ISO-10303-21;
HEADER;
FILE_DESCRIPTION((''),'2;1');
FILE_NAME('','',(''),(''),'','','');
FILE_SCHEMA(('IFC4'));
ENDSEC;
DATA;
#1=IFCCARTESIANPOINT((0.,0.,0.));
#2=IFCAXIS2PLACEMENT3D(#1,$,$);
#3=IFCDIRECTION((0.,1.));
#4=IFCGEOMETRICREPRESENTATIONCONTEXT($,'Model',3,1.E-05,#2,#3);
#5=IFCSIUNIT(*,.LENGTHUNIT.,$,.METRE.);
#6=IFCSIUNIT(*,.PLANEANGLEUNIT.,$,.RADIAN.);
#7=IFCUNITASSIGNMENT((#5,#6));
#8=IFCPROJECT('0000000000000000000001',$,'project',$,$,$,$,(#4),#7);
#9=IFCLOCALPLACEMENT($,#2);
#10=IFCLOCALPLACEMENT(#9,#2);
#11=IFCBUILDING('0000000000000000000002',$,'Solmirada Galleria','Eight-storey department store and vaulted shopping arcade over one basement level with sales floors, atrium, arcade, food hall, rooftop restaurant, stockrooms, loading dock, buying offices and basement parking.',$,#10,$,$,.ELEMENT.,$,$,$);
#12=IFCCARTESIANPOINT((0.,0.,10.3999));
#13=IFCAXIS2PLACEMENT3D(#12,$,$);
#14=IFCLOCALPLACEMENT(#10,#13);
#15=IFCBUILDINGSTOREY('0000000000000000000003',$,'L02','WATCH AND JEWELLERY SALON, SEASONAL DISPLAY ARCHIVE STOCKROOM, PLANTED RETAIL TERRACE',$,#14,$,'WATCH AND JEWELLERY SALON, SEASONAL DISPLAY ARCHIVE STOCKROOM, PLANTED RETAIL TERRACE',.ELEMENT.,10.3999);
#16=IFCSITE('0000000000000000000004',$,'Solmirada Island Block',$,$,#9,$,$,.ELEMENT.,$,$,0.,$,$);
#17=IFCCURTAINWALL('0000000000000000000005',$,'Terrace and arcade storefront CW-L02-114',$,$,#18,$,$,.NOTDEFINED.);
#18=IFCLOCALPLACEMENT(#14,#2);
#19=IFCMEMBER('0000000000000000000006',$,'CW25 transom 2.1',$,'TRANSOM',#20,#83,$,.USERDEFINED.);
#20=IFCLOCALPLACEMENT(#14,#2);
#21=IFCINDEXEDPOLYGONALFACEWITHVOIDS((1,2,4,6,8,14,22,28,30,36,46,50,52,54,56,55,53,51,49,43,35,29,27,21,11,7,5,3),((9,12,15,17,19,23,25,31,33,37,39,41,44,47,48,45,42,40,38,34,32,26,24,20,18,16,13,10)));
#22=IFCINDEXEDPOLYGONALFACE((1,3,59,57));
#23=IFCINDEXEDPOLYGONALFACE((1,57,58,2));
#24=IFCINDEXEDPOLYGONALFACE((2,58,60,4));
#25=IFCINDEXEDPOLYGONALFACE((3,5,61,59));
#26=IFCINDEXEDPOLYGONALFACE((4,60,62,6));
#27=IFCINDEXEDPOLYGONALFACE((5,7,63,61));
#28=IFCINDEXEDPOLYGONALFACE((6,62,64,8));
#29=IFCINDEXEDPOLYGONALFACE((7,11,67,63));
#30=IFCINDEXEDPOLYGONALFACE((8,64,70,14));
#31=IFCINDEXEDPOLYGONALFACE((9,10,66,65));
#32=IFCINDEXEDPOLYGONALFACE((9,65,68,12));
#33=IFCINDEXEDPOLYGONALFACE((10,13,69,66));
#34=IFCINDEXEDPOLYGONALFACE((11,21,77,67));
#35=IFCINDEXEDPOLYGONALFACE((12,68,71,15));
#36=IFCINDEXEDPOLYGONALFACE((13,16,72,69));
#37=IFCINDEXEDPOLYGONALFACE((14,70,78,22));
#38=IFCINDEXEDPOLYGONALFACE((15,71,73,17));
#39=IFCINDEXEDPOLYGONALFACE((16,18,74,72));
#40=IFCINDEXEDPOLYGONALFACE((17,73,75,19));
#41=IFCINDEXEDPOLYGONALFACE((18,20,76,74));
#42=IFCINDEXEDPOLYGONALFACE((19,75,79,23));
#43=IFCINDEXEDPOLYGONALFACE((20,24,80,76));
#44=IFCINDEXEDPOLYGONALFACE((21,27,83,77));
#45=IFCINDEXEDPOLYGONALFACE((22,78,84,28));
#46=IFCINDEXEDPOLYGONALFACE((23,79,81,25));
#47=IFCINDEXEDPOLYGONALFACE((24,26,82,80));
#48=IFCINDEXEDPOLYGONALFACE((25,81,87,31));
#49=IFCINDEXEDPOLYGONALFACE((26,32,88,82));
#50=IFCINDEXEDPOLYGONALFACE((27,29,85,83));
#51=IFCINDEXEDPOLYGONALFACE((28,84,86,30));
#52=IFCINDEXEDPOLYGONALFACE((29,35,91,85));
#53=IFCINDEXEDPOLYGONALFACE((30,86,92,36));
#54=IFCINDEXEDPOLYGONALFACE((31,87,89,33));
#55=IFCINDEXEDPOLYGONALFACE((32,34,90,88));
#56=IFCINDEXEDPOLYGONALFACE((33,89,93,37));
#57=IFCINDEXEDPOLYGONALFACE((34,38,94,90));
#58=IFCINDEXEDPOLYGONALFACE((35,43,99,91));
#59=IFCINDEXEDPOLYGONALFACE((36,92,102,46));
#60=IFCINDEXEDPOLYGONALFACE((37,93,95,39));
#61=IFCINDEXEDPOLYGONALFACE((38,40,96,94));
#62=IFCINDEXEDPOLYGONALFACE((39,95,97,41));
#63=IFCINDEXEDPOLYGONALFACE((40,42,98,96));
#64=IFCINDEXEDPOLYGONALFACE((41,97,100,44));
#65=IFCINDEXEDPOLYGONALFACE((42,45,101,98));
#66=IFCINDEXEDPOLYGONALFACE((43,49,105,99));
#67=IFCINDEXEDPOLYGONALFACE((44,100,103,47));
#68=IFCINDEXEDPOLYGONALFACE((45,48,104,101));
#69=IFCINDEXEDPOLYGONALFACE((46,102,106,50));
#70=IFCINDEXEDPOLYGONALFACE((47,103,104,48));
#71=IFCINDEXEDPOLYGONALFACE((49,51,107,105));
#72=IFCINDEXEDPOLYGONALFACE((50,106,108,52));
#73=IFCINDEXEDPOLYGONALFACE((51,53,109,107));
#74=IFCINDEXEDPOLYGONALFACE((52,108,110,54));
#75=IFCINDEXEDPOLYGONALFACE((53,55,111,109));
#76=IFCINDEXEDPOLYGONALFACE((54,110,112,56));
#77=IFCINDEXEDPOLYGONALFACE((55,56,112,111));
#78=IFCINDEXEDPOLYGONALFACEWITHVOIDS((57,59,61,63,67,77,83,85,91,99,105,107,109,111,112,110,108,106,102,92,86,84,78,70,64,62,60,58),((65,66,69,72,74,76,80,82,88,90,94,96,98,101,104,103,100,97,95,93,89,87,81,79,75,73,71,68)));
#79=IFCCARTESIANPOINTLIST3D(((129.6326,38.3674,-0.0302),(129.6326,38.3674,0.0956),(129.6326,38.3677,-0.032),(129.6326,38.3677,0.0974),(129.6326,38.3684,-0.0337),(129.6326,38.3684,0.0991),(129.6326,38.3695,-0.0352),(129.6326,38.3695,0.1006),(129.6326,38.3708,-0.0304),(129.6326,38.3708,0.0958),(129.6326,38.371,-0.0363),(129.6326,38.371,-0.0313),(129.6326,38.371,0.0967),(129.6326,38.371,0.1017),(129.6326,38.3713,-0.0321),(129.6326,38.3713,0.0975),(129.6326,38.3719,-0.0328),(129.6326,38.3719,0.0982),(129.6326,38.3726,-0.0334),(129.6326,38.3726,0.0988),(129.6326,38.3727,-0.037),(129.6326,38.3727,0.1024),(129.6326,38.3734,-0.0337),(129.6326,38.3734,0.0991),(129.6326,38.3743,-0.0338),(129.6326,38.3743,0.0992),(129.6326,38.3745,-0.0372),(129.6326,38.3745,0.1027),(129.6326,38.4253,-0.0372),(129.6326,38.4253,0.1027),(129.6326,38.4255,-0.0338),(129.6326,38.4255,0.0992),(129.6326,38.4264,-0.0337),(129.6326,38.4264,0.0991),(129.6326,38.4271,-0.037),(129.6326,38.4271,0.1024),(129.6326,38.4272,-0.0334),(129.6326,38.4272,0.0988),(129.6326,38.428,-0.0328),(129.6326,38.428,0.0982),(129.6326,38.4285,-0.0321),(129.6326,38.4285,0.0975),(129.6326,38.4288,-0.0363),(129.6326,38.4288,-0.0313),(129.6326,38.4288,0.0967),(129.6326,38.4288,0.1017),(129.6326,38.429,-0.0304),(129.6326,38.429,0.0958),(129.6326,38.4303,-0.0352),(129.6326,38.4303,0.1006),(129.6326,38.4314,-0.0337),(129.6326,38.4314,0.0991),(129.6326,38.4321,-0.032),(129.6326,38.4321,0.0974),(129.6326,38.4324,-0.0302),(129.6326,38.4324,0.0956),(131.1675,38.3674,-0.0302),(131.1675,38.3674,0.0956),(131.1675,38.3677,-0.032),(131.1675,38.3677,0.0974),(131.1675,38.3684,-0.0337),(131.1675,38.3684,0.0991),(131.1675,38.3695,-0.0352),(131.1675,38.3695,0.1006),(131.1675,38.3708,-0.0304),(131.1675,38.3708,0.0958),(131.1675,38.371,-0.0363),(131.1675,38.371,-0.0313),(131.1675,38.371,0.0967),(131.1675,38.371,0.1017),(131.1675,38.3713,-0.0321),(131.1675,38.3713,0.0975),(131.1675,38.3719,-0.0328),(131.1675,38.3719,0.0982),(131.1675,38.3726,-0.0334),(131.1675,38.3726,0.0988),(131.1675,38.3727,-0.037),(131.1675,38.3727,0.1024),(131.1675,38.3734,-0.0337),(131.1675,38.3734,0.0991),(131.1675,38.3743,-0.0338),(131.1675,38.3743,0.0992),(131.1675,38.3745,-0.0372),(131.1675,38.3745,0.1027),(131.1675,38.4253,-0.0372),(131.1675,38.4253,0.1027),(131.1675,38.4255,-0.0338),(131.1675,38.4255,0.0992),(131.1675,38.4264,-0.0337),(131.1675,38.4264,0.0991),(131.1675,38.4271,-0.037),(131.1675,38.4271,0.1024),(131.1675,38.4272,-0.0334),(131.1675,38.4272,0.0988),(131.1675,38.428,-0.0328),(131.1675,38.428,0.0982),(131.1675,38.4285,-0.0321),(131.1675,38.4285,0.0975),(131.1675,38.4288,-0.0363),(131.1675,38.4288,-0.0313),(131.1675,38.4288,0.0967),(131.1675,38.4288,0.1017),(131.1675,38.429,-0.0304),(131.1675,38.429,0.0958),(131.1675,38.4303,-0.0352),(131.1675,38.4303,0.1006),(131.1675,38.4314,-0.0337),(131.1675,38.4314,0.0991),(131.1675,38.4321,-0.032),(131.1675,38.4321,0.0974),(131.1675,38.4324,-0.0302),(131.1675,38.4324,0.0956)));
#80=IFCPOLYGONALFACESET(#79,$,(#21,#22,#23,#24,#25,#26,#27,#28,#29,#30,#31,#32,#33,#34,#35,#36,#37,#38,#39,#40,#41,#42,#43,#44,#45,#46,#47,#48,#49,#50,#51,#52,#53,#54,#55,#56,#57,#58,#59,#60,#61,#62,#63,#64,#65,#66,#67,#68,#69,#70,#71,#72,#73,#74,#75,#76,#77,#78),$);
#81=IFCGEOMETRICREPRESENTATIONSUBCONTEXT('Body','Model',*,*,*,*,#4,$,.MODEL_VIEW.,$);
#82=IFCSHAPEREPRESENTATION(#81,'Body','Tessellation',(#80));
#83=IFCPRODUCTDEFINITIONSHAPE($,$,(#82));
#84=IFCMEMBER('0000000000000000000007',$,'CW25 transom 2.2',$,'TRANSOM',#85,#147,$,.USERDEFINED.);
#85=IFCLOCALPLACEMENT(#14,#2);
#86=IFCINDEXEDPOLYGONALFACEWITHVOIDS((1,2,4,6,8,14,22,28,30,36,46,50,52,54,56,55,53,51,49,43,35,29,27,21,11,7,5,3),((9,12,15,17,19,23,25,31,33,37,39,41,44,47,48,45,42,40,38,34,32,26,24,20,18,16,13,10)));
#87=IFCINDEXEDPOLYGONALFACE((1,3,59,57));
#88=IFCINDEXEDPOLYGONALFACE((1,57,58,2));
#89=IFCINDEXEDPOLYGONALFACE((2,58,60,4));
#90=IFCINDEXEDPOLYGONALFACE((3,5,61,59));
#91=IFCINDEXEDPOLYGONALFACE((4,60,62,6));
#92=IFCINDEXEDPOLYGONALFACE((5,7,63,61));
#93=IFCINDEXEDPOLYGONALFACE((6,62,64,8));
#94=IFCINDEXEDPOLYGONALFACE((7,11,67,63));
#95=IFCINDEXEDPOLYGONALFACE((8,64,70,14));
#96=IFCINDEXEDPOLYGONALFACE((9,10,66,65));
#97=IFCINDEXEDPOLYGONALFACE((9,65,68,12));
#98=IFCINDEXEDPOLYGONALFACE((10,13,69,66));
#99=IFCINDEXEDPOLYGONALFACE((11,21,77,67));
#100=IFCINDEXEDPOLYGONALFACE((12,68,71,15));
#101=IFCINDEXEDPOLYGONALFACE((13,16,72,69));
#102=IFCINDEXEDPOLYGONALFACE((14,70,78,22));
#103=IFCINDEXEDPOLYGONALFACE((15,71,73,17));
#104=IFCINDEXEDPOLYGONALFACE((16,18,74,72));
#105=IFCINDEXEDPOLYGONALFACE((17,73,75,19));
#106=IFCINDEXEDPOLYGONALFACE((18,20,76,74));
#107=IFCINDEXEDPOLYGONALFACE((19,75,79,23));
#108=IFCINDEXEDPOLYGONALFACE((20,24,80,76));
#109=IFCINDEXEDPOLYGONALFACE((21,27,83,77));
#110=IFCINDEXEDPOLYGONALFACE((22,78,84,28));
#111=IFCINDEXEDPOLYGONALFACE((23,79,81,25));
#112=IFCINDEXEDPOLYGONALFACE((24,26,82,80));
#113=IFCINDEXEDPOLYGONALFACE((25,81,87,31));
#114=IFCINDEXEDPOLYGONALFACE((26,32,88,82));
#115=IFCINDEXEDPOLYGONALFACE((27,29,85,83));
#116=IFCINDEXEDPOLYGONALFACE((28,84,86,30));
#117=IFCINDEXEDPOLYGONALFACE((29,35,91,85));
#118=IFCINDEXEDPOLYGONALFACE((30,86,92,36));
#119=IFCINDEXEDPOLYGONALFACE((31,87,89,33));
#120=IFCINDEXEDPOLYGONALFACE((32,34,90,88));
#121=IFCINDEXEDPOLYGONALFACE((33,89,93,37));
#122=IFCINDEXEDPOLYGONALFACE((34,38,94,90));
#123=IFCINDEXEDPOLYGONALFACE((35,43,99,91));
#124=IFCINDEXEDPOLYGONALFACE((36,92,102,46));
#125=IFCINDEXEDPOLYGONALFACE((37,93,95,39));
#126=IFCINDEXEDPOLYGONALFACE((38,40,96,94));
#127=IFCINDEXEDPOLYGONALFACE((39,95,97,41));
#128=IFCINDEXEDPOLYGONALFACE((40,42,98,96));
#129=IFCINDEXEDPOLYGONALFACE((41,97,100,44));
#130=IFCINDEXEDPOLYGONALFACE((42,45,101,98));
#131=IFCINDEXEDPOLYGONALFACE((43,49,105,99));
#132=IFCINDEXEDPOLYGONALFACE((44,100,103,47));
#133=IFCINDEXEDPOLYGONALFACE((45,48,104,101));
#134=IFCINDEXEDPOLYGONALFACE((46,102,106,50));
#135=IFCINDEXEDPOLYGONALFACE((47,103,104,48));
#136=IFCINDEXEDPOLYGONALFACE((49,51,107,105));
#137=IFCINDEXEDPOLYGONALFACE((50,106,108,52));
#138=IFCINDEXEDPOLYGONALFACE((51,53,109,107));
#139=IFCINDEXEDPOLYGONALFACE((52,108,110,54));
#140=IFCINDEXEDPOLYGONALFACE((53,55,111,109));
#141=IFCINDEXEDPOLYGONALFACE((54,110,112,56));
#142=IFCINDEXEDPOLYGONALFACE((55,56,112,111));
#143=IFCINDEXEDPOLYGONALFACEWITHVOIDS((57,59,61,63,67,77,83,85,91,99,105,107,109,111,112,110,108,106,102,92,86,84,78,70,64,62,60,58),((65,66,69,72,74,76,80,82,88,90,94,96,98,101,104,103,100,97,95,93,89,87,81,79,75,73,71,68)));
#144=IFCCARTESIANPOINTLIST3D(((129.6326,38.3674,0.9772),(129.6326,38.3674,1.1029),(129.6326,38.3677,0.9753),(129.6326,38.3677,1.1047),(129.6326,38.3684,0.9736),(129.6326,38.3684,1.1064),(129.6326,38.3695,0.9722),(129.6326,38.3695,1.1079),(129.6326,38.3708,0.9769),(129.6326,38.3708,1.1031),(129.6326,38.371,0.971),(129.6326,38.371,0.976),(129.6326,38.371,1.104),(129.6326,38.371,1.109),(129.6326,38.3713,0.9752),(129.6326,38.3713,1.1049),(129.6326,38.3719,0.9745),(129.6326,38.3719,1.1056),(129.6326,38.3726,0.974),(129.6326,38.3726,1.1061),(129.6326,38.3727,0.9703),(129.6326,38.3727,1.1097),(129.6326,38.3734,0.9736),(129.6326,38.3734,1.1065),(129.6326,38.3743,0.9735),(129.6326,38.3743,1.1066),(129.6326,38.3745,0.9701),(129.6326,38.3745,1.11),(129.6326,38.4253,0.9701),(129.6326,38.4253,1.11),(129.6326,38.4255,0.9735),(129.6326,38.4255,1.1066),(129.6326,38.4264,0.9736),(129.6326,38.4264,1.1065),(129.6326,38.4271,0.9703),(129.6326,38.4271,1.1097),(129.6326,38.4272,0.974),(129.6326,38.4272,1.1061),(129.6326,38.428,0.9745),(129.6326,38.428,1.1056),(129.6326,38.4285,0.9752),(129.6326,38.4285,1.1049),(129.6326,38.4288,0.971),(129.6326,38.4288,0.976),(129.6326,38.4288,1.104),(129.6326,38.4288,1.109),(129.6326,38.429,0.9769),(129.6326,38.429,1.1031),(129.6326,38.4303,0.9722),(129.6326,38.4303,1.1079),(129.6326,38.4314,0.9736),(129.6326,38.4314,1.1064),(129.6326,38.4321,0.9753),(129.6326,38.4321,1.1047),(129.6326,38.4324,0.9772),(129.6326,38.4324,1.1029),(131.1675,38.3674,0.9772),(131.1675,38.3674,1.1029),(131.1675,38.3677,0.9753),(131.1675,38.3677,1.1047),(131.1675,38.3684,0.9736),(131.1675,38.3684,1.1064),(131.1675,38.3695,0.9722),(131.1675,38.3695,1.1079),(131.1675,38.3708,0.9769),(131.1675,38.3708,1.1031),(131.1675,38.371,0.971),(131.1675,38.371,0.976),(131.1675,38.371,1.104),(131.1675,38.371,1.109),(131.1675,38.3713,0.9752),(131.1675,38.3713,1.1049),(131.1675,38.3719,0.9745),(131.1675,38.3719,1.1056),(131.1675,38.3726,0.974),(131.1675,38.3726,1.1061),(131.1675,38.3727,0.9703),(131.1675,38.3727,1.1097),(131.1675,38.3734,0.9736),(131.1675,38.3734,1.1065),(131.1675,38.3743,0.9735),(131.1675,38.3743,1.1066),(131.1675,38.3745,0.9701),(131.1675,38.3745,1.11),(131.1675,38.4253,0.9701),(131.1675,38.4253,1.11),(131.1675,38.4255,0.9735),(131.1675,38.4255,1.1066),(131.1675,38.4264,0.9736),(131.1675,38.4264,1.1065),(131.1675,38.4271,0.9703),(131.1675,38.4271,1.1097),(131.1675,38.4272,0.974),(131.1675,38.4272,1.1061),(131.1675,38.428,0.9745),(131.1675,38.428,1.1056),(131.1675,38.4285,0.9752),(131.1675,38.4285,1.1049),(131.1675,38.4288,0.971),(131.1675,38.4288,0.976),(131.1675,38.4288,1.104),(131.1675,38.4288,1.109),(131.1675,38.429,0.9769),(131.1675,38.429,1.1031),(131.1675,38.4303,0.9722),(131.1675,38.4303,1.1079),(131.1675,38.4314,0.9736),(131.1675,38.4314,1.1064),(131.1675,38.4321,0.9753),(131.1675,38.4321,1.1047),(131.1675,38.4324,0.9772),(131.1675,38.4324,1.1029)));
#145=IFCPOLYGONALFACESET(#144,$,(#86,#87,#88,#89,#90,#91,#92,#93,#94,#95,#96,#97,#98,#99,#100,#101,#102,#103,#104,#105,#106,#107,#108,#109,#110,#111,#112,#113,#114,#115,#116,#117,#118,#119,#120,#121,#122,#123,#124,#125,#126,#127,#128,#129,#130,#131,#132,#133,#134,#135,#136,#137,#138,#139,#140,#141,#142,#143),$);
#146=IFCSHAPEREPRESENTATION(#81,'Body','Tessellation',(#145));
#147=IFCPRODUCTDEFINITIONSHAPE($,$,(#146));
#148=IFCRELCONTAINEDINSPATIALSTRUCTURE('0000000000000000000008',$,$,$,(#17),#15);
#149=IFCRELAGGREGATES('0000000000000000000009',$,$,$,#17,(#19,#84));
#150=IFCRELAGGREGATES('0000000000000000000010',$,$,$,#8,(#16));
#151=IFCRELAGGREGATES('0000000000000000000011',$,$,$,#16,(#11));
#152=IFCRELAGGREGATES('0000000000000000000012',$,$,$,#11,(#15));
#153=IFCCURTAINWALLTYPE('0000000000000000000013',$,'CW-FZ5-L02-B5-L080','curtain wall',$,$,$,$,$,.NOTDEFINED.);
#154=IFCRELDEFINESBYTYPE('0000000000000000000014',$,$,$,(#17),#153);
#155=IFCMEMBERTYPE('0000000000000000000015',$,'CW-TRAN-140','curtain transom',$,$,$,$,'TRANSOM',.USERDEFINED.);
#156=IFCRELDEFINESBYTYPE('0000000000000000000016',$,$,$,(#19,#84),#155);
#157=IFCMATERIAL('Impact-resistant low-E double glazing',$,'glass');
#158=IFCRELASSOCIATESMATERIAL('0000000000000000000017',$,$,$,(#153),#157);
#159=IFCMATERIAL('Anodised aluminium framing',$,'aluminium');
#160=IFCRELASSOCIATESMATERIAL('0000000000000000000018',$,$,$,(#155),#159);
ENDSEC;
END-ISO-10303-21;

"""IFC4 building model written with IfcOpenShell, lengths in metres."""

from ifc_helpers import new_model, si_unit, direction, frame, origin, origin_2d, place, context, subcontext, project, spatial, hollow_rectangle, extrude, material, material_profile, profile_set, type_object, element, aggregate, save


model = new_model("IFC4")

# Units and contexts
model_context = context("Model", 3, precision=1e-05, world=origin(), true_north=direction((0.0, 1.0)))
body_context = subcontext(model_context, "Body", "Model", "MODEL_VIEW")
ifc_project = project(units=[si_unit("LENGTHUNIT", "METRE"), si_unit("PLANEANGLEUNIT", "RADIAN")], contexts=[model_context])

# Site, building, storey
site_placement = place(None, origin())
site = spatial("IfcSite", under=ifc_project, at=site_placement, Name="Solmirada Island Block", CompositionType="ELEMENT", RefElevation=0.0)
building_placement = place(site_placement, origin())
building = spatial("IfcBuilding", under=site, at=building_placement, Name="Solmirada Galleria", Description="Eight-storey department store and vaulted shopping arcade over one basement level with sales floors, atrium, arcade, food hall, rooftop restaurant, stockrooms, loading dock, buying offices and basement parking.", CompositionType="ELEMENT")
storey_placement = place(building_placement, frame((0.0, 0.0, 10.3999)))
storey = spatial("IfcBuildingStorey", under=building, at=storey_placement, Name="L02", Description="WATCH AND JEWELLERY SALON, SEASONAL DISPLAY ARCHIVE STOCKROOM, PLANTED RETAIL TERRACE", LongName="WATCH AND JEWELLERY SALON, SEASONAL DISPLAY ARCHIVE STOCKROOM, PLANTED RETAIL TERRACE", CompositionType="ELEMENT", Elevation=10.3999)

# Shared definitions
ifc_material_1 = material(Name="Impact-resistant low-E double glazing", Category="glass")
curtain_wall_type = type_object("IfcCurtainWallType", Name="CW-FZ5-L02-B5-L080", Description="curtain wall", PredefinedType="NOTDEFINED", material=ifc_material_1)
ifc_material_2 = material(Name="Anodised aluminium framing", Category="aluminium")

# Curtain wall
curtain_wall_1_placement = place(storey_placement, origin())
curtain_wall_1 = element("IfcCurtainWall", 1, at=curtain_wall_1_placement, inside=storey, type_object=curtain_wall_type, Name="Terrace and arcade storefront CW-L02-114", PredefinedType="NOTDEFINED")

# Members
ifc_material_profile_1 = material_profile(ifc_material_2, hollow_rectangle(XDim=0.0649, YDim=0.1399, WallThickness=0.0034, InnerFilletRadius=0.0034, OuterFilletRadius=0.0071, at=origin_2d()), Name="ALU-TRAN-140X65")
ifc_profile_set_1 = profile_set([ifc_material_profile_1], Name="Anodised aluminium framing")
member_type_1 = type_object("IfcMemberType", Name="CW-TRAN-140", Description="curtain transom", ElementType="TRANSOM", PredefinedType="USERDEFINED", material=ifc_profile_set_1)
member_1_placement = place(storey_placement, frame((129.6326, 38.3999, 0.0327), z_axis=(1.0, 0.0, 0.0), x_axis=(0.0, 1.0, 0.0)))
member_1 = element("IfcMember", 2, at=member_1_placement, type_object=member_type_1, Name="CW25 transom 2.1", ObjectType="TRANSOM", PredefinedType="USERDEFINED", context=body_context, shape_type="SweptSolid", body=[
    extrude(hollow_rectangle(XDim=0.0649, YDim=0.1399, WallThickness=0.0034, InnerFilletRadius=0.0034, OuterFilletRadius=0.0071, at=origin_2d()), origin(), (0.0, 0.0, 1.0), 1.5349),
])
member_2_placement = place(storey_placement, frame((129.6326, 38.3999, 1.04), z_axis=(1.0, 0.0, 0.0), x_axis=(0.0, 1.0, 0.0)))
member_2 = element("IfcMember", 3, at=member_2_placement, type_object=member_type_1, Name="CW25 transom 2.2", ObjectType="TRANSOM", PredefinedType="USERDEFINED", context=body_context, shape_type="SweptSolid", body=[
    extrude(hollow_rectangle(XDim=0.0649, YDim=0.1399, WallThickness=0.0034, InnerFilletRadius=0.0034, OuterFilletRadius=0.0071, at=origin_2d()), origin(), (0.0, 0.0, 1.0), 1.5349),
])

aggregate(curtain_wall_1, [member_1, member_2])

save(model, "model.ifc")
